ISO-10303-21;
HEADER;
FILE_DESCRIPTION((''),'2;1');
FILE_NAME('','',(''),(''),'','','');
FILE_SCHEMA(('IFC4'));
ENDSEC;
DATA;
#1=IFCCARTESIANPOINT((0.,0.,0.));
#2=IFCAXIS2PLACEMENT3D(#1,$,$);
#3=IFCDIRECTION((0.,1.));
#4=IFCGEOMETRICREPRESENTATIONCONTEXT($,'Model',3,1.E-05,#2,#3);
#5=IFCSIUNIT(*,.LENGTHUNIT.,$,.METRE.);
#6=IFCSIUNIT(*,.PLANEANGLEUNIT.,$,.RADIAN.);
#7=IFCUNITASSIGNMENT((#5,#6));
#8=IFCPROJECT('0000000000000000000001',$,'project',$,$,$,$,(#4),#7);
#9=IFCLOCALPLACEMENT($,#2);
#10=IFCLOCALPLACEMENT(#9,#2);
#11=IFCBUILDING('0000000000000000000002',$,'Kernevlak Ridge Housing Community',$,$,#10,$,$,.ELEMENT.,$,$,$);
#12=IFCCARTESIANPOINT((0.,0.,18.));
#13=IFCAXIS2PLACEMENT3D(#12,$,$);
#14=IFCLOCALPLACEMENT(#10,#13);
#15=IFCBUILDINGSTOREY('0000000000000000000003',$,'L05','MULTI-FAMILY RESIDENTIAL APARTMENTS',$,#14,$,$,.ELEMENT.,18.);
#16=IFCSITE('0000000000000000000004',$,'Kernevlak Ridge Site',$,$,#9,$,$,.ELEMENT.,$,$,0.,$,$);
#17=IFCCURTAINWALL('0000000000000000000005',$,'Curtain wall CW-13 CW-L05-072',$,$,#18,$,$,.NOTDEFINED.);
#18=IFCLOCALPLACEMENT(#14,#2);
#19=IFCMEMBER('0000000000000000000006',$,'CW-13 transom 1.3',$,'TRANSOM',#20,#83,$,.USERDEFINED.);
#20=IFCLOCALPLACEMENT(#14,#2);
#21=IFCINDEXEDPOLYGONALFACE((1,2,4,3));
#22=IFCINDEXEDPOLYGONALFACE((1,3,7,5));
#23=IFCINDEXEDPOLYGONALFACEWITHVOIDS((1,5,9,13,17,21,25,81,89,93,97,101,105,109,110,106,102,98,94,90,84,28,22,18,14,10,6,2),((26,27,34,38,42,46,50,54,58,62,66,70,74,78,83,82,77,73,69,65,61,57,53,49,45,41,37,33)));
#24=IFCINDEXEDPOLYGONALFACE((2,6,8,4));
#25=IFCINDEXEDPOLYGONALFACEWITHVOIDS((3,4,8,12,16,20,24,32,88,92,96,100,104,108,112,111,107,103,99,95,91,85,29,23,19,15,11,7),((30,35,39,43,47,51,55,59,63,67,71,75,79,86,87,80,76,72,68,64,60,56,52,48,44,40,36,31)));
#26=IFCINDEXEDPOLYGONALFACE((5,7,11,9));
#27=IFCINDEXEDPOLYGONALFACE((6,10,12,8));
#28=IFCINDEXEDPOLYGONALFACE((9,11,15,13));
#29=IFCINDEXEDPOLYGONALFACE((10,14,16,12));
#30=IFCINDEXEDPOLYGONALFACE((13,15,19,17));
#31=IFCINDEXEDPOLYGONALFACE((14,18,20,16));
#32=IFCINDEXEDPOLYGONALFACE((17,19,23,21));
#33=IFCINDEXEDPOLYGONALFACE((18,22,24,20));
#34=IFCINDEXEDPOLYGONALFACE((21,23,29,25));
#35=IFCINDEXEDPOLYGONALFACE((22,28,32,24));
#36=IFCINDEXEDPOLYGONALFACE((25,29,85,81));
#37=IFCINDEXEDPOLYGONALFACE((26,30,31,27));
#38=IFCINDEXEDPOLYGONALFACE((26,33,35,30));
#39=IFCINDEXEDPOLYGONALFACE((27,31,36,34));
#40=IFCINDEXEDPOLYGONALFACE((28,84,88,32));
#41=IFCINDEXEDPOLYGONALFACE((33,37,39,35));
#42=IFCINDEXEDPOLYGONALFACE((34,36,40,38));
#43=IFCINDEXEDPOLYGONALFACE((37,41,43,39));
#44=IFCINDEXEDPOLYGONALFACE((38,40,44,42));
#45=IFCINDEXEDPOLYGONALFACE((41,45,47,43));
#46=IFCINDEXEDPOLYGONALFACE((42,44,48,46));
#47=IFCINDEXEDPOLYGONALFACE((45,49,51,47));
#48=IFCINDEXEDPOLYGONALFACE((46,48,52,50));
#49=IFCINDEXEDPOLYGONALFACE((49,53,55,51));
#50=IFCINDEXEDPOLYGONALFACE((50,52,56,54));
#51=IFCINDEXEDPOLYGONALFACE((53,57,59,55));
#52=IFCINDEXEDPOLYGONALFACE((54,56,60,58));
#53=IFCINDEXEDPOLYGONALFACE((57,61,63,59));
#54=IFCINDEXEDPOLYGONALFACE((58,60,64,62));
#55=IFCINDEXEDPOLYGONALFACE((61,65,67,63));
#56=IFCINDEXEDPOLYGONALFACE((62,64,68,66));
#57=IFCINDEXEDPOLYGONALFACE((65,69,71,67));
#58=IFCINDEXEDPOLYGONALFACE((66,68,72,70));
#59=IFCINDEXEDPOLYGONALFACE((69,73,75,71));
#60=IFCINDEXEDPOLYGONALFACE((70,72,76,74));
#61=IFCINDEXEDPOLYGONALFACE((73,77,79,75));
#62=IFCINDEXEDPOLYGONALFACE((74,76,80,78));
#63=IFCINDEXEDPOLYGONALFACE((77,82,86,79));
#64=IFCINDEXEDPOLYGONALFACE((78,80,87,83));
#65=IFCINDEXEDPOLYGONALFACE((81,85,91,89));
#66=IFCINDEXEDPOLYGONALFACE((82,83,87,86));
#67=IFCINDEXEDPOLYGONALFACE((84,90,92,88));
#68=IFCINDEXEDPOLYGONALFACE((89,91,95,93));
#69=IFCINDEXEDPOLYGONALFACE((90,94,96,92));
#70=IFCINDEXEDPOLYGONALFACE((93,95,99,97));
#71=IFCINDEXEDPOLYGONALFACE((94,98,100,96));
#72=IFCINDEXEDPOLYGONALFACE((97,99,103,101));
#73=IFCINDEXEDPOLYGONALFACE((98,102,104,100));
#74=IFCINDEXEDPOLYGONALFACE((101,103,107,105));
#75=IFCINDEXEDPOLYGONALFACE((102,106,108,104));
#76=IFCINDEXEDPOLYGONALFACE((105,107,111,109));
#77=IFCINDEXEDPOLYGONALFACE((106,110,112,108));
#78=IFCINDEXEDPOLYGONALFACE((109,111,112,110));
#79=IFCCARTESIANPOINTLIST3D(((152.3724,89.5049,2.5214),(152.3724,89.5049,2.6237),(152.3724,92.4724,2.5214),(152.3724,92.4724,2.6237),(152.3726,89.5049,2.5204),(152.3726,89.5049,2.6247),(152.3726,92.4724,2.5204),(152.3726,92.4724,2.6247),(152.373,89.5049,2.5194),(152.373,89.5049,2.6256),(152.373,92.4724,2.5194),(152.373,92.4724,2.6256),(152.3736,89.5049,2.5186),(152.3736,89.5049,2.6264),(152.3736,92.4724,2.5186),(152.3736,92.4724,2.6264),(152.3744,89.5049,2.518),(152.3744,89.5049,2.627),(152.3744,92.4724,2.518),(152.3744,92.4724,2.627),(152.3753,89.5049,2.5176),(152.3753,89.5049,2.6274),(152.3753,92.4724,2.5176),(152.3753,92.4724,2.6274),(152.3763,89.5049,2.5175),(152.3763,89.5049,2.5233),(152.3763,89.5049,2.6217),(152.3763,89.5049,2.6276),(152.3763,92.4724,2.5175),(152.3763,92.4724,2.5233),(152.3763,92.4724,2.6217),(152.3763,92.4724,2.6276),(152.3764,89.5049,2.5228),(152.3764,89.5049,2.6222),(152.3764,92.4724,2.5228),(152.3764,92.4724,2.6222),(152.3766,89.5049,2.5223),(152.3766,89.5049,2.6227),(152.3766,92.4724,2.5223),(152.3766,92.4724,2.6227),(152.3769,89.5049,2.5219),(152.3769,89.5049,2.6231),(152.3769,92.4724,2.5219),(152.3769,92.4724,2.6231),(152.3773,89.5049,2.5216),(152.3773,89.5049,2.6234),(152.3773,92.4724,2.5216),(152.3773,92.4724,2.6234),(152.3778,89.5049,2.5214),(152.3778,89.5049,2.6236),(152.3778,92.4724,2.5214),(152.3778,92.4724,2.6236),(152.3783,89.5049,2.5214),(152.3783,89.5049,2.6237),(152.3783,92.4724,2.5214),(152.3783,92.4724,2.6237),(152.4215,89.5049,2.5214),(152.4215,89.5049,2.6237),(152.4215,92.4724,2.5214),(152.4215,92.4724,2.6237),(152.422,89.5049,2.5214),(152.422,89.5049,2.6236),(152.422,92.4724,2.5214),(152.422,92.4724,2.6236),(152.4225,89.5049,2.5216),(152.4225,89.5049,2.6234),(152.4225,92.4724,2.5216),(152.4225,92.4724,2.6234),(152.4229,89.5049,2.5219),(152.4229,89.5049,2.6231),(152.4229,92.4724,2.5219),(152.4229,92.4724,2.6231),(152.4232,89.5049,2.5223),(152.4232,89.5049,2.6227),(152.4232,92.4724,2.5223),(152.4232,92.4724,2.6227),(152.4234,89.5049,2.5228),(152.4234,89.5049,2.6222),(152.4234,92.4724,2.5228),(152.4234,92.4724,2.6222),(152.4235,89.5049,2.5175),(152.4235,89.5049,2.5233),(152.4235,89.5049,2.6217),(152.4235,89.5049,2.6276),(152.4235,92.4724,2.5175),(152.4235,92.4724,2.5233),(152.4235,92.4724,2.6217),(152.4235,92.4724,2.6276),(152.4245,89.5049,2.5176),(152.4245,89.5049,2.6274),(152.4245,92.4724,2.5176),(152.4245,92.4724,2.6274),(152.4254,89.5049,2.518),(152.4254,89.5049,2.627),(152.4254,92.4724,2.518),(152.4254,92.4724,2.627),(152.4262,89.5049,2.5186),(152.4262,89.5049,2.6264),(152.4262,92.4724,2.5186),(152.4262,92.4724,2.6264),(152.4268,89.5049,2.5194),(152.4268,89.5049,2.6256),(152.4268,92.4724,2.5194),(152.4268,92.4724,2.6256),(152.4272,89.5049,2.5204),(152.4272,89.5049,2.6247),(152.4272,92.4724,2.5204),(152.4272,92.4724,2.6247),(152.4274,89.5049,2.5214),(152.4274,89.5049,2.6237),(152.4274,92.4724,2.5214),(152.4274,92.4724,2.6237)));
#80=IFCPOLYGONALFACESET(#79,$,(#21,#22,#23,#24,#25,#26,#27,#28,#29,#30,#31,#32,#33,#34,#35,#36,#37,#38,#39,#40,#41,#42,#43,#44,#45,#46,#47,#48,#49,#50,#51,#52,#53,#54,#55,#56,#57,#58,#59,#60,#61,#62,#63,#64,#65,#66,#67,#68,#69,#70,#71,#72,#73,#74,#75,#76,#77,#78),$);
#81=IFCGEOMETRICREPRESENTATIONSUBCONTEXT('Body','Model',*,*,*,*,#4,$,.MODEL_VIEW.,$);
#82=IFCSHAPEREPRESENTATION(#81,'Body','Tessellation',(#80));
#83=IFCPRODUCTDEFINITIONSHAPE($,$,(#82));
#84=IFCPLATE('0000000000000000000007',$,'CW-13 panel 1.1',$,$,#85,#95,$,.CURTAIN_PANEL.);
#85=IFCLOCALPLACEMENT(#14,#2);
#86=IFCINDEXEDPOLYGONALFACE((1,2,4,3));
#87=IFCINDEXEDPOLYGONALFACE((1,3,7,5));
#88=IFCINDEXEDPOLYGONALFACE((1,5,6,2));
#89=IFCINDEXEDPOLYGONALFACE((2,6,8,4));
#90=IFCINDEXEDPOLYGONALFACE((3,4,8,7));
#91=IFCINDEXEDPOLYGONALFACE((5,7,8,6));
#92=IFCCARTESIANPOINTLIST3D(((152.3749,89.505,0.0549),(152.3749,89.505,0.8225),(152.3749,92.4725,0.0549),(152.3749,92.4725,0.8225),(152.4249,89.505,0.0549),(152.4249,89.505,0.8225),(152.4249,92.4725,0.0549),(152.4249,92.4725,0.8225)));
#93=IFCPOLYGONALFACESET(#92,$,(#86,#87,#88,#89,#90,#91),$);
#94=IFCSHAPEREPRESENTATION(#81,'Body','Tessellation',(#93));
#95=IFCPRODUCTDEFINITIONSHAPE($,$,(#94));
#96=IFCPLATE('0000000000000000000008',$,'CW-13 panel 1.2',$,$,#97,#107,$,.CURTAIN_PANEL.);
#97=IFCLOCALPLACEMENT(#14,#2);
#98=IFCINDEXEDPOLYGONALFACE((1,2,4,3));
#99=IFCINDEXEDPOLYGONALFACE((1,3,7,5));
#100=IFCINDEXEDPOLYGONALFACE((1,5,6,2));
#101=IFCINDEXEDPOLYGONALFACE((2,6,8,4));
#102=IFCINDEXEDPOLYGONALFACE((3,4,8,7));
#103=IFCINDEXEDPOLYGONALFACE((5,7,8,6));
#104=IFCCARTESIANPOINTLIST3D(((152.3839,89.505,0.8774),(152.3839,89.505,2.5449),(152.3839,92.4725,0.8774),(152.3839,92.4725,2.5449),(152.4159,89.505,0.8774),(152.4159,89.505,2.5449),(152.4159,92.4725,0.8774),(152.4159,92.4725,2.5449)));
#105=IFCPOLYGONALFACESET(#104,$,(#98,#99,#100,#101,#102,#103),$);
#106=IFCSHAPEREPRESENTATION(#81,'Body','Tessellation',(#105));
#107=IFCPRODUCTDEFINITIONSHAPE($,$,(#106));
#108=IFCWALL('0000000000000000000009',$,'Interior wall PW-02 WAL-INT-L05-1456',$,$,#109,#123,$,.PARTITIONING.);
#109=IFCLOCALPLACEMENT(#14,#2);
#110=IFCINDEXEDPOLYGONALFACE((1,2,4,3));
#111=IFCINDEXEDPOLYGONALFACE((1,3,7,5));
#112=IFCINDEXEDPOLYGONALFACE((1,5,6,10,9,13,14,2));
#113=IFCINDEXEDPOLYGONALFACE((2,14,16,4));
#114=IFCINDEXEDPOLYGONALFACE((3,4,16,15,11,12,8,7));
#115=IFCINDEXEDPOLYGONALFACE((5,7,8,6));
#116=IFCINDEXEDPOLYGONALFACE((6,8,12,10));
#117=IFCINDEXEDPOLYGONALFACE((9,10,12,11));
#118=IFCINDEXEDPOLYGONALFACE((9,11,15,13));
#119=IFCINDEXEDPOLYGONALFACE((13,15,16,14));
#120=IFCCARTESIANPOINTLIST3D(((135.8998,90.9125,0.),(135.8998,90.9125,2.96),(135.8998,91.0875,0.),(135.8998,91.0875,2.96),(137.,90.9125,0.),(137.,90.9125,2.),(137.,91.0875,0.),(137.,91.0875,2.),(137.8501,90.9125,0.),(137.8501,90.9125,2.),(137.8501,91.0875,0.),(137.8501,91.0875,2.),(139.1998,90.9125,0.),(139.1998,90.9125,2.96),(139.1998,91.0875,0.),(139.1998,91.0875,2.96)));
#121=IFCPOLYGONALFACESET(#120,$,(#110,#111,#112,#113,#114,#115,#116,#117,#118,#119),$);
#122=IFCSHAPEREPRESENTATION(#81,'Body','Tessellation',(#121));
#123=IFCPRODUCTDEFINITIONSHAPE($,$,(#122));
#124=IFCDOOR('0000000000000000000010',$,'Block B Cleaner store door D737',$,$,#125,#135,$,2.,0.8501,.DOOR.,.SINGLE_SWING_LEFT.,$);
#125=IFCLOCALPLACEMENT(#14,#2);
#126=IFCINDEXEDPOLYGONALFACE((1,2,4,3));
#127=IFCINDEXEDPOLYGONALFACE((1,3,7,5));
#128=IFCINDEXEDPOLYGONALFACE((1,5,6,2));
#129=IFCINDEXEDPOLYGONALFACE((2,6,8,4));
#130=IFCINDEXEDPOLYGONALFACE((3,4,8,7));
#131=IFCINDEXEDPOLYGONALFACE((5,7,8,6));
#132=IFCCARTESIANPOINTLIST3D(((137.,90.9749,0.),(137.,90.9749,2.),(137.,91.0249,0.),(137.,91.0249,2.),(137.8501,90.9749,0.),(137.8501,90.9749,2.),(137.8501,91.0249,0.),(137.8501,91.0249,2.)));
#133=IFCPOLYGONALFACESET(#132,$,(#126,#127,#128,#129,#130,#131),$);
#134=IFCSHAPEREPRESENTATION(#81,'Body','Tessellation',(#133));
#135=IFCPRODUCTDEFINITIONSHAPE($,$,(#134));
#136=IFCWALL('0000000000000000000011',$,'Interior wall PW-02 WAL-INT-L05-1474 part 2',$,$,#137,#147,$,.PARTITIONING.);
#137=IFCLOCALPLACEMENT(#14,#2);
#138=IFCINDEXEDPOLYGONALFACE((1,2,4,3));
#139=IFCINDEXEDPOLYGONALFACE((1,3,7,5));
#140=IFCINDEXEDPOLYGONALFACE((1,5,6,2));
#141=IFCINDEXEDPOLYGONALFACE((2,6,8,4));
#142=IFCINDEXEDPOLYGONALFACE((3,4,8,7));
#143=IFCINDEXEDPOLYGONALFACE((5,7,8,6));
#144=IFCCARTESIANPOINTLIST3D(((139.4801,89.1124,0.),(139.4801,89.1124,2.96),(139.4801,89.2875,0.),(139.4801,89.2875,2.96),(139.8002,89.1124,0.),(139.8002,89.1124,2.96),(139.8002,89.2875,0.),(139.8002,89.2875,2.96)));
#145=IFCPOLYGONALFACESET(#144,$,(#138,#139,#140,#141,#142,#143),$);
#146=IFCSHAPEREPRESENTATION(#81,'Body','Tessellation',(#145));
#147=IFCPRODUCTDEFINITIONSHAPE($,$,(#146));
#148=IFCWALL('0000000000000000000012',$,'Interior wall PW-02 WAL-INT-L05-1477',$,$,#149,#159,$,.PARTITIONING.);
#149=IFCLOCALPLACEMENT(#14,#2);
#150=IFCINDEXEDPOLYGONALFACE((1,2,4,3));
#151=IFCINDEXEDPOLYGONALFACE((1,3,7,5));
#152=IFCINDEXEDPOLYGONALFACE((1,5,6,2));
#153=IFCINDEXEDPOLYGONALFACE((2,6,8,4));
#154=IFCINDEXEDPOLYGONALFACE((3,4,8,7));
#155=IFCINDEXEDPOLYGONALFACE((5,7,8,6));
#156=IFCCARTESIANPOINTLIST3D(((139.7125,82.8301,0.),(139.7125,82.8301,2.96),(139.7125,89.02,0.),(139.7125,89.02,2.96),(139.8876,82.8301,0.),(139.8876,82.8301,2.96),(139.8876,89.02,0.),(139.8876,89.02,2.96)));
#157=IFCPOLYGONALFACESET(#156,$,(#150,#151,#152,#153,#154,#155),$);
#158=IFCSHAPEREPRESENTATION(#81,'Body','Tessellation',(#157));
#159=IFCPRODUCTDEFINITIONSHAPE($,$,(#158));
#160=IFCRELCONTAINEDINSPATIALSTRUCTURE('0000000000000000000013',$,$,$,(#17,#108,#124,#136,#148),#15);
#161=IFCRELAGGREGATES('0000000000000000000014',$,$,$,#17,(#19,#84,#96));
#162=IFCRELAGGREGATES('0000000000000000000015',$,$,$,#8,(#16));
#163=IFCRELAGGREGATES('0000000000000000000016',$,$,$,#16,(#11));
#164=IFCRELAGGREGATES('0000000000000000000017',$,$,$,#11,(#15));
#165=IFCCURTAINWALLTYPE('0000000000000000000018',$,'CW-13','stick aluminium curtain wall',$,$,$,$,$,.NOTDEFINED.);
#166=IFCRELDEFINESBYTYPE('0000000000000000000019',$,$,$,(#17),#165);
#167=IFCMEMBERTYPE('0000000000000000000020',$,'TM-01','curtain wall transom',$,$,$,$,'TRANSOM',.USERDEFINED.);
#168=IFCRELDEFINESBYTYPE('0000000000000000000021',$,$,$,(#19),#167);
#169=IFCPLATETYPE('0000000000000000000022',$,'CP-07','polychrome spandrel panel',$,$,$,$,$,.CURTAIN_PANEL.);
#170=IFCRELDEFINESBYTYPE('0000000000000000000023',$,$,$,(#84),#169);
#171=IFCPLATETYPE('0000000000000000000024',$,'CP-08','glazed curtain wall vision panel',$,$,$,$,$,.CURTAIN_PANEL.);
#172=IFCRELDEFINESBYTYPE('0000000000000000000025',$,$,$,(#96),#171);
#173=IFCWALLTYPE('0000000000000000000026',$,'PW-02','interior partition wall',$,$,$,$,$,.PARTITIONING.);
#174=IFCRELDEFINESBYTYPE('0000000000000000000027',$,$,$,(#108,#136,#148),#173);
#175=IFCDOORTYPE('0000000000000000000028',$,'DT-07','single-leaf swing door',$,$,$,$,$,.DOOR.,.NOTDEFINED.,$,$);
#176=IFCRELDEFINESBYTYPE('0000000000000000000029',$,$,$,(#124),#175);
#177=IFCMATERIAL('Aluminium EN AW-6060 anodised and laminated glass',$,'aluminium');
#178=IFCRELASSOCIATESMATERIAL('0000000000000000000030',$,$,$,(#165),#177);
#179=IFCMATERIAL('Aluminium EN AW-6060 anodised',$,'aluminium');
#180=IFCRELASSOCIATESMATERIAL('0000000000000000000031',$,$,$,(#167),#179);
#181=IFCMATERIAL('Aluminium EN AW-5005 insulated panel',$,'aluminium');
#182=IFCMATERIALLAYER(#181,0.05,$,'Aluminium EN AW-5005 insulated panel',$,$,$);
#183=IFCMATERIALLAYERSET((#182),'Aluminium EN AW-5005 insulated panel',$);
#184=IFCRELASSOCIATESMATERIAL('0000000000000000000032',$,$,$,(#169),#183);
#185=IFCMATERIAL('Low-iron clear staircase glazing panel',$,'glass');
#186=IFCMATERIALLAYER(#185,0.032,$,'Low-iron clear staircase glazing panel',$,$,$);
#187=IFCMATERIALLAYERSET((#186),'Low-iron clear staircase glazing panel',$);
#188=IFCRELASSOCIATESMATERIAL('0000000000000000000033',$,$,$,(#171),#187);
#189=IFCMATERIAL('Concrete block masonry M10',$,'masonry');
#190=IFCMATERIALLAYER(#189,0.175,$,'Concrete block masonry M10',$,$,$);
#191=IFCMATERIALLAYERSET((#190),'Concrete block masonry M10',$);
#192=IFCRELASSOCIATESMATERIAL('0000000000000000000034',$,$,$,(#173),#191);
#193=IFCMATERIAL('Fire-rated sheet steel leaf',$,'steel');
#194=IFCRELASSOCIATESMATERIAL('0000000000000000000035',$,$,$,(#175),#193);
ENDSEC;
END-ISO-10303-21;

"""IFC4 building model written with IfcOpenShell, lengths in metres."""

from ifc_helpers import new_model, si_unit, direction, frame, frame_2d, origin, origin_2d, place, context, subcontext, project, spatial, rectangle, hollow_rectangle, extrude, material, layer, layer_set, material_profile, profile_set, type_object, element, fill, aggregate, save


model = new_model("IFC4")

# Units and contexts
model_context = context("Model", 3, precision=1e-05, world=origin(), true_north=direction((0.0, 1.0)))
body_context = subcontext(model_context, "Body", "Model", "MODEL_VIEW")
ifc_project = project(units=[si_unit("LENGTHUNIT", "METRE"), si_unit("PLANEANGLEUNIT", "RADIAN")], contexts=[model_context])

# Site, building, storey
site_placement = place(None, origin())
site = spatial("IfcSite", under=ifc_project, at=site_placement, Name="Kernevlak Ridge Site", CompositionType="ELEMENT", RefElevation=0.0)
building_placement = place(site_placement, origin())
building = spatial("IfcBuilding", under=site, at=building_placement, Name="Kernevlak Ridge Housing Community", CompositionType="ELEMENT")
storey_placement = place(building_placement, frame((0.0, 0.0, 18.0)))
storey = spatial("IfcBuildingStorey", under=building, at=storey_placement, Name="L05", Description="MULTI-FAMILY RESIDENTIAL APARTMENTS", CompositionType="ELEMENT", Elevation=18.0)

# Curtain wall
ifc_material_1 = material(Name="Aluminium EN AW-6060 anodised and laminated glass", Category="aluminium")
curtain_wall_type = type_object("IfcCurtainWallType", Name="CW-13", Description="stick aluminium curtain wall", PredefinedType="NOTDEFINED", material=ifc_material_1)
curtain_wall_placement = place(storey_placement, origin())
curtain_wall = element("IfcCurtainWall", 1, at=curtain_wall_placement, inside=storey, type_object=curtain_wall_type, Name="Curtain wall CW-13 CW-L05-072", PredefinedType="NOTDEFINED")
ifc_material_2 = material(Name="Aluminium EN AW-6060 anodised", Category="aluminium")

# Member
ifc_material_profile_1 = material_profile(ifc_material_2, hollow_rectangle(XDim=0.0549, YDim=0.1101, WallThickness=0.0039, InnerFilletRadius=0.002, OuterFilletRadius=0.0039, at=origin_2d()), Name="ALU 55x110x4")
ifc_profile_set_1 = profile_set([ifc_material_profile_1], Name="Aluminium EN AW-6060 anodised")
member_type_1 = type_object("IfcMemberType", Name="TM-01", Description="curtain wall transom", ElementType="TRANSOM", PredefinedType="USERDEFINED", material=ifc_profile_set_1)
member_1_placement = place(storey_placement, frame((152.3999, 89.5049, 2.5725), z_axis=(0.0, 1.0, 0.0), x_axis=(-1.0, 0.0, 0.0)))
member_1 = element("IfcMember", 2, at=member_1_placement, type_object=member_type_1, Name="CW-13 transom 1.3", ObjectType="TRANSOM", PredefinedType="USERDEFINED", context=body_context, shape_type="SweptSolid", body=[
    extrude(hollow_rectangle(XDim=0.0549, YDim=0.1101, WallThickness=0.0039, InnerFilletRadius=0.002, OuterFilletRadius=0.0039, at=origin_2d()), origin(), (0.0, 0.0, 1.0), 2.9675),
])

# Plates
ifc_material_3 = material(Name="Aluminium EN AW-5005 insulated panel", Category="aluminium")
ifc_layer_1 = layer(ifc_material_3, 0.05, Name="Aluminium EN AW-5005 insulated panel")
ifc_layer_set_1 = layer_set([ifc_layer_1], Name="Aluminium EN AW-5005 insulated panel")
plate_type_1 = type_object("IfcPlateType", Name="CP-07", Description="polychrome spandrel panel", PredefinedType="CURTAIN_PANEL", material=ifc_layer_set_1)
plate_1_placement = place(storey_placement, frame((152.3999, 90.9888, 0.0549), z_axis=(0.0, 0.0, 1.0), x_axis=(0.0, 1.0, 0.0)))
plate_1 = element("IfcPlate", 3, at=plate_1_placement, type_object=plate_type_1, Name="CW-13 panel 1.1", PredefinedType="CURTAIN_PANEL", context=body_context, shape_type="SweptSolid", body=[
    extrude(rectangle(XDim=2.9675, YDim=0.05, at=origin_2d()), origin(), (0.0, 0.0, 1.0), 0.7676),
])
ifc_material_4 = material(Name="Low-iron clear staircase glazing panel", Category="glass")
ifc_layer_2 = layer(ifc_material_4, 0.032, Name="Low-iron clear staircase glazing panel")
ifc_layer_set_2 = layer_set([ifc_layer_2], Name="Low-iron clear staircase glazing panel")
plate_type_2 = type_object("IfcPlateType", Name="CP-08", Description="glazed curtain wall vision panel", PredefinedType="CURTAIN_PANEL", material=ifc_layer_set_2)
plate_2_placement = place(storey_placement, frame((152.3999, 90.9888, 0.8774), z_axis=(0.0, 0.0, 1.0), x_axis=(0.0, 1.0, 0.0)))
plate_2 = element("IfcPlate", 4, at=plate_2_placement, type_object=plate_type_2, Name="CW-13 panel 1.2", PredefinedType="CURTAIN_PANEL", context=body_context, shape_type="SweptSolid", body=[
    extrude(rectangle(XDim=2.9675, YDim=0.032, at=origin_2d()), origin(), (0.0, 0.0, 1.0), 1.6675),
])
aggregate(curtain_wall, [member_1, plate_1, plate_2])

# Wall, opening, door
ifc_material_5 = material(Name="Concrete block masonry M10", Category="masonry")
ifc_layer_3 = layer(ifc_material_5, 0.175, Name="Concrete block masonry M10")
ifc_layer_set_3 = layer_set([ifc_layer_3], Name="Concrete block masonry M10")
wall_type_1 = type_object("IfcWallType", Name="PW-02", Description="interior partition wall", PredefinedType="PARTITIONING", material=ifc_layer_set_3)
wall_1_placement = place(storey_placement, frame((135.8999, 91.0, 0.0), z_axis=(0.0, 0.0, 1.0), x_axis=(1.0, 0.0, 0.0)))
wall_1 = element("IfcWall", 5, at=wall_1_placement, inside=storey, type_object=wall_type_1, Name="Interior wall PW-02 WAL-INT-L05-1456", PredefinedType="PARTITIONING", context=body_context, shape_type="SweptSolid", body=[
    extrude(rectangle(XDim=3.3, YDim=0.175, at=frame_2d((1.6499, 0.0))), origin(), (0.0, 0.0, 1.0), 2.96),
])
opening_1_placement = place(wall_1_placement, frame((1.1001, 0.0, 0.0)))
opening_1 = element("IfcOpeningElement", 6, at=opening_1_placement, cuts=wall_1, PredefinedType="OPENING", context=body_context, shape_type="SweptSolid", body=[
    extrude(rectangle(XDim=0.8501, YDim=2.0, at=frame_2d((0.425, 1.0))), frame((0.0, 0.0974, 0.0), z_axis=(0.0, -1.0, 0.0), x_axis=(1.0, 0.0, 0.0)), (0.0, 0.0, 1.0), 0.1951),
])
ifc_material_6 = material(Name="Fire-rated sheet steel leaf", Category="steel")
door_type_1 = type_object("IfcDoorType", Name="DT-07", Description="single-leaf swing door", OperationType="NOTDEFINED", PredefinedType="DOOR", material=ifc_material_6)
door_1_placement = place(opening_1_placement, origin())
door_1 = element("IfcDoor", 7, at=door_1_placement, inside=storey, type_object=door_type_1, Name="Block B Cleaner store door D737", OperationType="SINGLE_SWING_LEFT", OverallHeight=2.0, OverallWidth=0.8501, PredefinedType="DOOR", context=body_context, shape_type="SweptSolid", body=[
    extrude(rectangle(XDim=0.8501, YDim=2.0, at=frame_2d((0.425, 1.0))), frame((0.0, 0.0249, 0.0), z_axis=(0.0, -1.0, 0.0), x_axis=(1.0, 0.0, 0.0)), (0.0, 0.0, 1.0), 0.05),
])
fill(opening_1, door_1)

# Walls
wall_2_placement = place(storey_placement, frame((139.48, 89.2, 0.0), z_axis=(0.0, 0.0, 1.0), x_axis=(1.0, 0.0, 0.0)))
element("IfcWall", 8, at=wall_2_placement, inside=storey, type_object=wall_type_1, Name="Interior wall PW-02 WAL-INT-L05-1474 part 2", PredefinedType="PARTITIONING", context=body_context, shape_type="SweptSolid", body=[
    extrude(rectangle(XDim=0.3201, YDim=0.175, at=frame_2d((0.1602, 0.0))), origin(), (0.0, 0.0, 1.0), 2.96),
])
wall_3_placement = place(storey_placement, frame((139.8, 89.02, 0.0), z_axis=(0.0, 0.0, 1.0), x_axis=(0.0, -1.0, 0.0)))
element("IfcWall", 9, at=wall_3_placement, inside=storey, type_object=wall_type_1, Name="Interior wall PW-02 WAL-INT-L05-1477", PredefinedType="PARTITIONING", context=body_context, shape_type="SweptSolid", body=[
    extrude(rectangle(XDim=6.1899, YDim=0.175, at=frame_2d((3.095, 0.0))), origin(), (0.0, 0.0, 1.0), 2.96),
])

save(model, "model.ifc")
